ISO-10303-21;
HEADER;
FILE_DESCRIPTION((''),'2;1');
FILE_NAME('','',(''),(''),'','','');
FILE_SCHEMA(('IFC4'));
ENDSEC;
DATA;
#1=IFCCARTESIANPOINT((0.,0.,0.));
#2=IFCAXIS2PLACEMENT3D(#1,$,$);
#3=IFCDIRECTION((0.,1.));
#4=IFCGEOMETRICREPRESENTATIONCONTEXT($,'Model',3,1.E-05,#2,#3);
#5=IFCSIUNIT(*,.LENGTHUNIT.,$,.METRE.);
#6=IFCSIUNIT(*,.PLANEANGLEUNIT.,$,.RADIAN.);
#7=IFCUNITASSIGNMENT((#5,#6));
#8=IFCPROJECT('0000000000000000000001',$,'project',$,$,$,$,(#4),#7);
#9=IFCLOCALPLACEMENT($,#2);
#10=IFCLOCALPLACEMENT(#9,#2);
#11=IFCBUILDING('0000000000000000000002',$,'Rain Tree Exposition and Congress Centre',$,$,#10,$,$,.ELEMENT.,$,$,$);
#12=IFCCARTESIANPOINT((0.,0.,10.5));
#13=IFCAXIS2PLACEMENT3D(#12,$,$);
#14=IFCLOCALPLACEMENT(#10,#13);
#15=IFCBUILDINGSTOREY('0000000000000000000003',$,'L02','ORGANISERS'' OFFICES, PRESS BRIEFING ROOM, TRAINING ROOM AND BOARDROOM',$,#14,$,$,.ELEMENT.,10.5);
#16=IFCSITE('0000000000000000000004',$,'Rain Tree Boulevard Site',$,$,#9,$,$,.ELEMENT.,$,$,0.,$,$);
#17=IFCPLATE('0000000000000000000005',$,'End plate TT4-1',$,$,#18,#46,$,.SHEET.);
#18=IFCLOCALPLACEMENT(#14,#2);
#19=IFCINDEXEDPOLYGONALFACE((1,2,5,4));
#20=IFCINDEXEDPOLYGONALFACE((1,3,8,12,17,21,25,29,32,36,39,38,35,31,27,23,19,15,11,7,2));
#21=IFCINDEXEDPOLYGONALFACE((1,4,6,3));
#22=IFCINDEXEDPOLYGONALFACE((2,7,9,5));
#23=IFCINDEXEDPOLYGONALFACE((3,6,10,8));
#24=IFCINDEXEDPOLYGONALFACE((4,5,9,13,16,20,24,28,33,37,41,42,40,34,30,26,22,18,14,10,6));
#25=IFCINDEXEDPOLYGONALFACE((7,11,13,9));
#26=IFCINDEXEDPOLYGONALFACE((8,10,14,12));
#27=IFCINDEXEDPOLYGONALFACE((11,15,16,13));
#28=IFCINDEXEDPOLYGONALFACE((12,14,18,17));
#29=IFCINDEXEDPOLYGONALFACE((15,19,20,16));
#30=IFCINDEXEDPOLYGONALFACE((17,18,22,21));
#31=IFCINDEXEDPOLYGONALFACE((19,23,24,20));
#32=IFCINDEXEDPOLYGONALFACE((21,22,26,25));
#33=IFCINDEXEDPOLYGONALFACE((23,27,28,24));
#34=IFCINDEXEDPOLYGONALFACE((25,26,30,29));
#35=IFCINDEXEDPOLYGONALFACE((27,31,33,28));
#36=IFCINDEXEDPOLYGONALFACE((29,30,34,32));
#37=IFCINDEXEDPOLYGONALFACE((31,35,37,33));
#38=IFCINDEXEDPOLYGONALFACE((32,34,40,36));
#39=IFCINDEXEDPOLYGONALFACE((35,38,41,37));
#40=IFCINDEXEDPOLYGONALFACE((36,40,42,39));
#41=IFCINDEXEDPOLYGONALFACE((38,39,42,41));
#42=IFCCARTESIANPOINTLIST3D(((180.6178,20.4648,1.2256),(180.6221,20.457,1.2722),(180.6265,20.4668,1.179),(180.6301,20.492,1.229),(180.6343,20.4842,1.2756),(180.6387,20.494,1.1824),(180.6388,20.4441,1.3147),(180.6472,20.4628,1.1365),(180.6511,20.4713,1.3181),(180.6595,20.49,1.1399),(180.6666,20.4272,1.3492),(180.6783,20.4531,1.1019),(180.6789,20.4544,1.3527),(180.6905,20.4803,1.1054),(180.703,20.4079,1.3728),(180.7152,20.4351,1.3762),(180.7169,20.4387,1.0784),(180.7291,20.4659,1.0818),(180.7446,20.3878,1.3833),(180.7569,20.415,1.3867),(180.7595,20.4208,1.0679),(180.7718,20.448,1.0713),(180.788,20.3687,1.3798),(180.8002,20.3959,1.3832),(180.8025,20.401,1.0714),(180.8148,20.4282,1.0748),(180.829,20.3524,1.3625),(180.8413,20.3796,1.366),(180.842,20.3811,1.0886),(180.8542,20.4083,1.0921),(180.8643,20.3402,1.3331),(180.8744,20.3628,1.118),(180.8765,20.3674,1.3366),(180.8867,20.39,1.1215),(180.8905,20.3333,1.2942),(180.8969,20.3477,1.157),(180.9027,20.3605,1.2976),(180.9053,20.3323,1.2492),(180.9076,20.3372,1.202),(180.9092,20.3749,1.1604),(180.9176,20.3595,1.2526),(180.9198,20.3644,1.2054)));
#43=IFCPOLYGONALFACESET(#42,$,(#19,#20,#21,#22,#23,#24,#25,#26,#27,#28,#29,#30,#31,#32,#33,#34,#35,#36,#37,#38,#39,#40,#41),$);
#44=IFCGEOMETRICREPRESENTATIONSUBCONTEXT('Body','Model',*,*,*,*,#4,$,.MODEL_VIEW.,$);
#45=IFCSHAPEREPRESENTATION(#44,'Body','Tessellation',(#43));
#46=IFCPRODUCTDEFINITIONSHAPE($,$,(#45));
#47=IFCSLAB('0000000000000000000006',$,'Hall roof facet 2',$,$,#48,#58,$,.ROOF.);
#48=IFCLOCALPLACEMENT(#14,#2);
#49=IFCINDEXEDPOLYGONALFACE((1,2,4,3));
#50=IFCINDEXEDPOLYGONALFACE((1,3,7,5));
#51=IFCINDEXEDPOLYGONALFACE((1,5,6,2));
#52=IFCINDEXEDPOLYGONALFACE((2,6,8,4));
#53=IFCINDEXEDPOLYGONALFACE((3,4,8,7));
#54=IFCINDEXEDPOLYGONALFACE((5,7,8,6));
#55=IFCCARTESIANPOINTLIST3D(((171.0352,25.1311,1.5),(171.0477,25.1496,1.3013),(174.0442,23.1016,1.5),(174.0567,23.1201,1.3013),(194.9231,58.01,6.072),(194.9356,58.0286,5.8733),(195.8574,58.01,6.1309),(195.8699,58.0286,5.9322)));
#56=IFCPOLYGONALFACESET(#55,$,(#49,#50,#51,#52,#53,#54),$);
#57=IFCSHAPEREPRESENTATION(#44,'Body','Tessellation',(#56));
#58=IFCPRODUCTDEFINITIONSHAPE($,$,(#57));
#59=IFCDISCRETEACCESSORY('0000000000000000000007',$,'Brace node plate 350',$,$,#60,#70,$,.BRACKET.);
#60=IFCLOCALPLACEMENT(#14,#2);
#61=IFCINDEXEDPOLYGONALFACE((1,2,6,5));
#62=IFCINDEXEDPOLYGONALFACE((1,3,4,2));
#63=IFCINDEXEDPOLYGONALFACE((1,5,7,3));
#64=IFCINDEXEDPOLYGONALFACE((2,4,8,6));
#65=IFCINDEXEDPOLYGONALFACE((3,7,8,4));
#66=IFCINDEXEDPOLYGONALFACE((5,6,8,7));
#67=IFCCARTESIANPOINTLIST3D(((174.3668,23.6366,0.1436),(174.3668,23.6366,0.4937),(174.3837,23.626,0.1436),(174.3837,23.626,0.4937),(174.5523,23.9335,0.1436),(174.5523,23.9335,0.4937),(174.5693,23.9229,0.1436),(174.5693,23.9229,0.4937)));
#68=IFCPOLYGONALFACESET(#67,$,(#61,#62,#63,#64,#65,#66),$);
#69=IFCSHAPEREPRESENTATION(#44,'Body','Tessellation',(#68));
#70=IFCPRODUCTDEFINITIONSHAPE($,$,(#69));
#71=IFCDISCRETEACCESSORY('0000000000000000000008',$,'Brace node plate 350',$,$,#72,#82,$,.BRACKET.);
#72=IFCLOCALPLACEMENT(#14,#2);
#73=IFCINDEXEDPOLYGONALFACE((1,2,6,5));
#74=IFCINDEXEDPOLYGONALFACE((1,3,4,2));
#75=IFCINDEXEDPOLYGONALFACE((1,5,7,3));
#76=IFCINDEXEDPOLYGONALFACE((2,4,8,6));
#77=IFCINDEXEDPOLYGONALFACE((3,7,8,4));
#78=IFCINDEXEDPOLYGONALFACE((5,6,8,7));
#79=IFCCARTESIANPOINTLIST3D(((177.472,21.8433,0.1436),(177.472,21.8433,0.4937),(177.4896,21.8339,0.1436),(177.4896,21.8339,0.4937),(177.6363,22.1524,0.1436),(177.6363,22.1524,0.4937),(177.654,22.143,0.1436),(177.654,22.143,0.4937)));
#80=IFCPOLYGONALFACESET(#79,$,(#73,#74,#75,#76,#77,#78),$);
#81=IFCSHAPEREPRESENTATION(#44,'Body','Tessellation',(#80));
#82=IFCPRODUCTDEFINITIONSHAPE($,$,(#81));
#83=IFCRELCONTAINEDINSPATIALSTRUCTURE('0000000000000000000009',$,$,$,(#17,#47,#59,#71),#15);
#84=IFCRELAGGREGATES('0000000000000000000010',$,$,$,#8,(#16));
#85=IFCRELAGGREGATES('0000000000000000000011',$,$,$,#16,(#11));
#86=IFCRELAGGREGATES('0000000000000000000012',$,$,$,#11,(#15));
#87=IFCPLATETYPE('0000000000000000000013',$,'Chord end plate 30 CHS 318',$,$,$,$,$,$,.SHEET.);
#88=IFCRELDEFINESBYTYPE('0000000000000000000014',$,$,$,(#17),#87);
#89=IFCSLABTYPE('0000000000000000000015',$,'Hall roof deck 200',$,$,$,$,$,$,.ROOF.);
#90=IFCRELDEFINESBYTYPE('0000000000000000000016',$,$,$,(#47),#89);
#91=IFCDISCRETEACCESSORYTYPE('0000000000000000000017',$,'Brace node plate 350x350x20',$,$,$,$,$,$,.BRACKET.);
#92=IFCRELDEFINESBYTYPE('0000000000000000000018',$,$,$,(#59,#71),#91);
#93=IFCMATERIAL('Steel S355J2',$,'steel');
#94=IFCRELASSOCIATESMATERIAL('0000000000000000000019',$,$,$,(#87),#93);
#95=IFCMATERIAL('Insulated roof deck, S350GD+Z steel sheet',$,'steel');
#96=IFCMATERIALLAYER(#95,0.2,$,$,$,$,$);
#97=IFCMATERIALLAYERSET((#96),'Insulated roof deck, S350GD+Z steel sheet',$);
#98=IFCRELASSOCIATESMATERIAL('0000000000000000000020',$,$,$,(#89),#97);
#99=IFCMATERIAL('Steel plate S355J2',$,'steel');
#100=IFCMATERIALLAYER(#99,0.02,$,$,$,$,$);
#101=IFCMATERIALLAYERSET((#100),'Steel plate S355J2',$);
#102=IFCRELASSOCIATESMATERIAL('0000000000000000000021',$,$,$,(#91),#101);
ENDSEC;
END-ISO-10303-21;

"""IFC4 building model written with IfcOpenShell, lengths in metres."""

from ifc_helpers import new_model, si_unit, direction, frame, origin, origin_2d, place, context, subcontext, project, spatial, polyline, rectangle, circle, outline, extrude, material, layer, layer_set, material_profile, profile_set, type_object, element, save


model = new_model("IFC4")

# Units and contexts
model_context = context("Model", 3, precision=1e-05, world=origin(), true_north=direction((0.0, 1.0)))
body_context = subcontext(model_context, "Body", "Model", "MODEL_VIEW")
ifc_project = project(units=[si_unit("LENGTHUNIT", "METRE"), si_unit("PLANEANGLEUNIT", "RADIAN")], contexts=[model_context])

# Site, building, storey
site_placement = place(None, origin())
site = spatial("IfcSite", under=ifc_project, at=site_placement, Name="Rain Tree Boulevard Site", CompositionType="ELEMENT", RefElevation=0.0)
building_placement = place(site_placement, origin())
building = spatial("IfcBuilding", under=site, at=building_placement, Name="Rain Tree Exposition and Congress Centre", CompositionType="ELEMENT")
storey_placement = place(building_placement, frame((0.0, 0.0, 10.5)))
storey = spatial("IfcBuildingStorey", under=building, at=storey_placement, Name="L02", Description="ORGANISERS' OFFICES, PRESS BRIEFING ROOM, TRAINING ROOM AND BOARDROOM", CompositionType="ELEMENT", Elevation=10.5)

# Plate
ifc_material_1 = material(Name="Steel S355J2", Category="steel")
ifc_material_profile_1 = material_profile(ifc_material_1, circle(Radius=0.1592, at=origin_2d()), Name="CIRCLE 318")
ifc_profile_set_1 = profile_set([ifc_material_profile_1], Name="Steel S355J2")
plate_type = type_object("IfcPlateType", Name="Chord end plate 30 CHS 318", PredefinedType="SHEET", material=ifc_profile_set_1)
for number, where, z_axis, x_axis, name in (
    (1, (180.7629, 20.3994, 1.2256), (0.408017, 0.905798, 0.114245), (-0.911768, 0.410706, 0.0), "End plate TT4-1"),
):
    element("IfcPlate", number, at=place(storey_placement, frame(where, z_axis=z_axis, x_axis=x_axis)), inside=storey, type_object=plate_type, Name=name, PredefinedType="SHEET", context=body_context, shape_type="SweptSolid", body=[
        extrude(circle(Radius=0.1592, at=origin_2d()), origin(), (0.0, 0.0, 1.0), 0.03),
    ])

# Slab
ifc_material_2 = material(Name="Insulated roof deck, S350GD+Z steel sheet", Category="steel")
ifc_layer_1 = layer(ifc_material_2, 0.2)
ifc_layer_set_1 = layer_set([ifc_layer_1], Name="Insulated roof deck, S350GD+Z steel sheet")
slab_type = type_object("IfcSlabType", Name="Hall roof deck 200", PredefinedType="ROOF", material=ifc_layer_set_1)
slab_1_placement = place(storey_placement, frame((171.0352, 25.1311, 1.5), z_axis=(-0.062555, -0.092735, 0.993724), x_axis=(0.829047, -0.559179, 0.000006)))
element("IfcSlab", 2, at=slab_1_placement, inside=storey, type_object=slab_type, Name="Hall roof facet 2", PredefinedType="ROOF", context=body_context, shape_type="SweptSolid", body=[
    extrude(outline(polyline([(0.0, 0.0), (3.6295, 0.0), (2.1937, 41.3981), (1.4191, 40.8723), (0.0, 0.0)])), origin(), (0.0, 0.0, -1.0), 0.2),
])

# Discrete accessories
ifc_material_3 = material(Name="Steel plate S355J2", Category="steel")
ifc_layer_2 = layer(ifc_material_3, 0.02)
ifc_layer_set_2 = layer_set([ifc_layer_2], Name="Steel plate S355J2")
discrete_accessory_type = type_object("IfcDiscreteAccessoryType", Name="Brace node plate 350x350x20", PredefinedType="BRACKET", material=ifc_layer_set_2)
for number, where, z_axis, x_axis, name in (
    (3, (174.468, 23.7798, 0.1436), (0.0, 0.0, 1.0), (0.529919, 0.848048, 0.0), "Brace node plate 350"),
    (4, (177.563, 21.9932, 0.1436), (0.0, 0.0, 1.0), (0.469472, 0.882948, 0.0), "Brace node plate 350"),
):
    element("IfcDiscreteAccessory", number, at=place(storey_placement, frame(where, z_axis=z_axis, x_axis=x_axis)), inside=storey, type_object=discrete_accessory_type, Name=name, PredefinedType="BRACKET", context=body_context, shape_type="SweptSolid", body=[
        extrude(rectangle(XDim=0.3501, YDim=0.02, at=origin_2d()), origin(), (0.0, 0.0, 1.0), 0.3501),
    ])

save(model, "model.ifc")
